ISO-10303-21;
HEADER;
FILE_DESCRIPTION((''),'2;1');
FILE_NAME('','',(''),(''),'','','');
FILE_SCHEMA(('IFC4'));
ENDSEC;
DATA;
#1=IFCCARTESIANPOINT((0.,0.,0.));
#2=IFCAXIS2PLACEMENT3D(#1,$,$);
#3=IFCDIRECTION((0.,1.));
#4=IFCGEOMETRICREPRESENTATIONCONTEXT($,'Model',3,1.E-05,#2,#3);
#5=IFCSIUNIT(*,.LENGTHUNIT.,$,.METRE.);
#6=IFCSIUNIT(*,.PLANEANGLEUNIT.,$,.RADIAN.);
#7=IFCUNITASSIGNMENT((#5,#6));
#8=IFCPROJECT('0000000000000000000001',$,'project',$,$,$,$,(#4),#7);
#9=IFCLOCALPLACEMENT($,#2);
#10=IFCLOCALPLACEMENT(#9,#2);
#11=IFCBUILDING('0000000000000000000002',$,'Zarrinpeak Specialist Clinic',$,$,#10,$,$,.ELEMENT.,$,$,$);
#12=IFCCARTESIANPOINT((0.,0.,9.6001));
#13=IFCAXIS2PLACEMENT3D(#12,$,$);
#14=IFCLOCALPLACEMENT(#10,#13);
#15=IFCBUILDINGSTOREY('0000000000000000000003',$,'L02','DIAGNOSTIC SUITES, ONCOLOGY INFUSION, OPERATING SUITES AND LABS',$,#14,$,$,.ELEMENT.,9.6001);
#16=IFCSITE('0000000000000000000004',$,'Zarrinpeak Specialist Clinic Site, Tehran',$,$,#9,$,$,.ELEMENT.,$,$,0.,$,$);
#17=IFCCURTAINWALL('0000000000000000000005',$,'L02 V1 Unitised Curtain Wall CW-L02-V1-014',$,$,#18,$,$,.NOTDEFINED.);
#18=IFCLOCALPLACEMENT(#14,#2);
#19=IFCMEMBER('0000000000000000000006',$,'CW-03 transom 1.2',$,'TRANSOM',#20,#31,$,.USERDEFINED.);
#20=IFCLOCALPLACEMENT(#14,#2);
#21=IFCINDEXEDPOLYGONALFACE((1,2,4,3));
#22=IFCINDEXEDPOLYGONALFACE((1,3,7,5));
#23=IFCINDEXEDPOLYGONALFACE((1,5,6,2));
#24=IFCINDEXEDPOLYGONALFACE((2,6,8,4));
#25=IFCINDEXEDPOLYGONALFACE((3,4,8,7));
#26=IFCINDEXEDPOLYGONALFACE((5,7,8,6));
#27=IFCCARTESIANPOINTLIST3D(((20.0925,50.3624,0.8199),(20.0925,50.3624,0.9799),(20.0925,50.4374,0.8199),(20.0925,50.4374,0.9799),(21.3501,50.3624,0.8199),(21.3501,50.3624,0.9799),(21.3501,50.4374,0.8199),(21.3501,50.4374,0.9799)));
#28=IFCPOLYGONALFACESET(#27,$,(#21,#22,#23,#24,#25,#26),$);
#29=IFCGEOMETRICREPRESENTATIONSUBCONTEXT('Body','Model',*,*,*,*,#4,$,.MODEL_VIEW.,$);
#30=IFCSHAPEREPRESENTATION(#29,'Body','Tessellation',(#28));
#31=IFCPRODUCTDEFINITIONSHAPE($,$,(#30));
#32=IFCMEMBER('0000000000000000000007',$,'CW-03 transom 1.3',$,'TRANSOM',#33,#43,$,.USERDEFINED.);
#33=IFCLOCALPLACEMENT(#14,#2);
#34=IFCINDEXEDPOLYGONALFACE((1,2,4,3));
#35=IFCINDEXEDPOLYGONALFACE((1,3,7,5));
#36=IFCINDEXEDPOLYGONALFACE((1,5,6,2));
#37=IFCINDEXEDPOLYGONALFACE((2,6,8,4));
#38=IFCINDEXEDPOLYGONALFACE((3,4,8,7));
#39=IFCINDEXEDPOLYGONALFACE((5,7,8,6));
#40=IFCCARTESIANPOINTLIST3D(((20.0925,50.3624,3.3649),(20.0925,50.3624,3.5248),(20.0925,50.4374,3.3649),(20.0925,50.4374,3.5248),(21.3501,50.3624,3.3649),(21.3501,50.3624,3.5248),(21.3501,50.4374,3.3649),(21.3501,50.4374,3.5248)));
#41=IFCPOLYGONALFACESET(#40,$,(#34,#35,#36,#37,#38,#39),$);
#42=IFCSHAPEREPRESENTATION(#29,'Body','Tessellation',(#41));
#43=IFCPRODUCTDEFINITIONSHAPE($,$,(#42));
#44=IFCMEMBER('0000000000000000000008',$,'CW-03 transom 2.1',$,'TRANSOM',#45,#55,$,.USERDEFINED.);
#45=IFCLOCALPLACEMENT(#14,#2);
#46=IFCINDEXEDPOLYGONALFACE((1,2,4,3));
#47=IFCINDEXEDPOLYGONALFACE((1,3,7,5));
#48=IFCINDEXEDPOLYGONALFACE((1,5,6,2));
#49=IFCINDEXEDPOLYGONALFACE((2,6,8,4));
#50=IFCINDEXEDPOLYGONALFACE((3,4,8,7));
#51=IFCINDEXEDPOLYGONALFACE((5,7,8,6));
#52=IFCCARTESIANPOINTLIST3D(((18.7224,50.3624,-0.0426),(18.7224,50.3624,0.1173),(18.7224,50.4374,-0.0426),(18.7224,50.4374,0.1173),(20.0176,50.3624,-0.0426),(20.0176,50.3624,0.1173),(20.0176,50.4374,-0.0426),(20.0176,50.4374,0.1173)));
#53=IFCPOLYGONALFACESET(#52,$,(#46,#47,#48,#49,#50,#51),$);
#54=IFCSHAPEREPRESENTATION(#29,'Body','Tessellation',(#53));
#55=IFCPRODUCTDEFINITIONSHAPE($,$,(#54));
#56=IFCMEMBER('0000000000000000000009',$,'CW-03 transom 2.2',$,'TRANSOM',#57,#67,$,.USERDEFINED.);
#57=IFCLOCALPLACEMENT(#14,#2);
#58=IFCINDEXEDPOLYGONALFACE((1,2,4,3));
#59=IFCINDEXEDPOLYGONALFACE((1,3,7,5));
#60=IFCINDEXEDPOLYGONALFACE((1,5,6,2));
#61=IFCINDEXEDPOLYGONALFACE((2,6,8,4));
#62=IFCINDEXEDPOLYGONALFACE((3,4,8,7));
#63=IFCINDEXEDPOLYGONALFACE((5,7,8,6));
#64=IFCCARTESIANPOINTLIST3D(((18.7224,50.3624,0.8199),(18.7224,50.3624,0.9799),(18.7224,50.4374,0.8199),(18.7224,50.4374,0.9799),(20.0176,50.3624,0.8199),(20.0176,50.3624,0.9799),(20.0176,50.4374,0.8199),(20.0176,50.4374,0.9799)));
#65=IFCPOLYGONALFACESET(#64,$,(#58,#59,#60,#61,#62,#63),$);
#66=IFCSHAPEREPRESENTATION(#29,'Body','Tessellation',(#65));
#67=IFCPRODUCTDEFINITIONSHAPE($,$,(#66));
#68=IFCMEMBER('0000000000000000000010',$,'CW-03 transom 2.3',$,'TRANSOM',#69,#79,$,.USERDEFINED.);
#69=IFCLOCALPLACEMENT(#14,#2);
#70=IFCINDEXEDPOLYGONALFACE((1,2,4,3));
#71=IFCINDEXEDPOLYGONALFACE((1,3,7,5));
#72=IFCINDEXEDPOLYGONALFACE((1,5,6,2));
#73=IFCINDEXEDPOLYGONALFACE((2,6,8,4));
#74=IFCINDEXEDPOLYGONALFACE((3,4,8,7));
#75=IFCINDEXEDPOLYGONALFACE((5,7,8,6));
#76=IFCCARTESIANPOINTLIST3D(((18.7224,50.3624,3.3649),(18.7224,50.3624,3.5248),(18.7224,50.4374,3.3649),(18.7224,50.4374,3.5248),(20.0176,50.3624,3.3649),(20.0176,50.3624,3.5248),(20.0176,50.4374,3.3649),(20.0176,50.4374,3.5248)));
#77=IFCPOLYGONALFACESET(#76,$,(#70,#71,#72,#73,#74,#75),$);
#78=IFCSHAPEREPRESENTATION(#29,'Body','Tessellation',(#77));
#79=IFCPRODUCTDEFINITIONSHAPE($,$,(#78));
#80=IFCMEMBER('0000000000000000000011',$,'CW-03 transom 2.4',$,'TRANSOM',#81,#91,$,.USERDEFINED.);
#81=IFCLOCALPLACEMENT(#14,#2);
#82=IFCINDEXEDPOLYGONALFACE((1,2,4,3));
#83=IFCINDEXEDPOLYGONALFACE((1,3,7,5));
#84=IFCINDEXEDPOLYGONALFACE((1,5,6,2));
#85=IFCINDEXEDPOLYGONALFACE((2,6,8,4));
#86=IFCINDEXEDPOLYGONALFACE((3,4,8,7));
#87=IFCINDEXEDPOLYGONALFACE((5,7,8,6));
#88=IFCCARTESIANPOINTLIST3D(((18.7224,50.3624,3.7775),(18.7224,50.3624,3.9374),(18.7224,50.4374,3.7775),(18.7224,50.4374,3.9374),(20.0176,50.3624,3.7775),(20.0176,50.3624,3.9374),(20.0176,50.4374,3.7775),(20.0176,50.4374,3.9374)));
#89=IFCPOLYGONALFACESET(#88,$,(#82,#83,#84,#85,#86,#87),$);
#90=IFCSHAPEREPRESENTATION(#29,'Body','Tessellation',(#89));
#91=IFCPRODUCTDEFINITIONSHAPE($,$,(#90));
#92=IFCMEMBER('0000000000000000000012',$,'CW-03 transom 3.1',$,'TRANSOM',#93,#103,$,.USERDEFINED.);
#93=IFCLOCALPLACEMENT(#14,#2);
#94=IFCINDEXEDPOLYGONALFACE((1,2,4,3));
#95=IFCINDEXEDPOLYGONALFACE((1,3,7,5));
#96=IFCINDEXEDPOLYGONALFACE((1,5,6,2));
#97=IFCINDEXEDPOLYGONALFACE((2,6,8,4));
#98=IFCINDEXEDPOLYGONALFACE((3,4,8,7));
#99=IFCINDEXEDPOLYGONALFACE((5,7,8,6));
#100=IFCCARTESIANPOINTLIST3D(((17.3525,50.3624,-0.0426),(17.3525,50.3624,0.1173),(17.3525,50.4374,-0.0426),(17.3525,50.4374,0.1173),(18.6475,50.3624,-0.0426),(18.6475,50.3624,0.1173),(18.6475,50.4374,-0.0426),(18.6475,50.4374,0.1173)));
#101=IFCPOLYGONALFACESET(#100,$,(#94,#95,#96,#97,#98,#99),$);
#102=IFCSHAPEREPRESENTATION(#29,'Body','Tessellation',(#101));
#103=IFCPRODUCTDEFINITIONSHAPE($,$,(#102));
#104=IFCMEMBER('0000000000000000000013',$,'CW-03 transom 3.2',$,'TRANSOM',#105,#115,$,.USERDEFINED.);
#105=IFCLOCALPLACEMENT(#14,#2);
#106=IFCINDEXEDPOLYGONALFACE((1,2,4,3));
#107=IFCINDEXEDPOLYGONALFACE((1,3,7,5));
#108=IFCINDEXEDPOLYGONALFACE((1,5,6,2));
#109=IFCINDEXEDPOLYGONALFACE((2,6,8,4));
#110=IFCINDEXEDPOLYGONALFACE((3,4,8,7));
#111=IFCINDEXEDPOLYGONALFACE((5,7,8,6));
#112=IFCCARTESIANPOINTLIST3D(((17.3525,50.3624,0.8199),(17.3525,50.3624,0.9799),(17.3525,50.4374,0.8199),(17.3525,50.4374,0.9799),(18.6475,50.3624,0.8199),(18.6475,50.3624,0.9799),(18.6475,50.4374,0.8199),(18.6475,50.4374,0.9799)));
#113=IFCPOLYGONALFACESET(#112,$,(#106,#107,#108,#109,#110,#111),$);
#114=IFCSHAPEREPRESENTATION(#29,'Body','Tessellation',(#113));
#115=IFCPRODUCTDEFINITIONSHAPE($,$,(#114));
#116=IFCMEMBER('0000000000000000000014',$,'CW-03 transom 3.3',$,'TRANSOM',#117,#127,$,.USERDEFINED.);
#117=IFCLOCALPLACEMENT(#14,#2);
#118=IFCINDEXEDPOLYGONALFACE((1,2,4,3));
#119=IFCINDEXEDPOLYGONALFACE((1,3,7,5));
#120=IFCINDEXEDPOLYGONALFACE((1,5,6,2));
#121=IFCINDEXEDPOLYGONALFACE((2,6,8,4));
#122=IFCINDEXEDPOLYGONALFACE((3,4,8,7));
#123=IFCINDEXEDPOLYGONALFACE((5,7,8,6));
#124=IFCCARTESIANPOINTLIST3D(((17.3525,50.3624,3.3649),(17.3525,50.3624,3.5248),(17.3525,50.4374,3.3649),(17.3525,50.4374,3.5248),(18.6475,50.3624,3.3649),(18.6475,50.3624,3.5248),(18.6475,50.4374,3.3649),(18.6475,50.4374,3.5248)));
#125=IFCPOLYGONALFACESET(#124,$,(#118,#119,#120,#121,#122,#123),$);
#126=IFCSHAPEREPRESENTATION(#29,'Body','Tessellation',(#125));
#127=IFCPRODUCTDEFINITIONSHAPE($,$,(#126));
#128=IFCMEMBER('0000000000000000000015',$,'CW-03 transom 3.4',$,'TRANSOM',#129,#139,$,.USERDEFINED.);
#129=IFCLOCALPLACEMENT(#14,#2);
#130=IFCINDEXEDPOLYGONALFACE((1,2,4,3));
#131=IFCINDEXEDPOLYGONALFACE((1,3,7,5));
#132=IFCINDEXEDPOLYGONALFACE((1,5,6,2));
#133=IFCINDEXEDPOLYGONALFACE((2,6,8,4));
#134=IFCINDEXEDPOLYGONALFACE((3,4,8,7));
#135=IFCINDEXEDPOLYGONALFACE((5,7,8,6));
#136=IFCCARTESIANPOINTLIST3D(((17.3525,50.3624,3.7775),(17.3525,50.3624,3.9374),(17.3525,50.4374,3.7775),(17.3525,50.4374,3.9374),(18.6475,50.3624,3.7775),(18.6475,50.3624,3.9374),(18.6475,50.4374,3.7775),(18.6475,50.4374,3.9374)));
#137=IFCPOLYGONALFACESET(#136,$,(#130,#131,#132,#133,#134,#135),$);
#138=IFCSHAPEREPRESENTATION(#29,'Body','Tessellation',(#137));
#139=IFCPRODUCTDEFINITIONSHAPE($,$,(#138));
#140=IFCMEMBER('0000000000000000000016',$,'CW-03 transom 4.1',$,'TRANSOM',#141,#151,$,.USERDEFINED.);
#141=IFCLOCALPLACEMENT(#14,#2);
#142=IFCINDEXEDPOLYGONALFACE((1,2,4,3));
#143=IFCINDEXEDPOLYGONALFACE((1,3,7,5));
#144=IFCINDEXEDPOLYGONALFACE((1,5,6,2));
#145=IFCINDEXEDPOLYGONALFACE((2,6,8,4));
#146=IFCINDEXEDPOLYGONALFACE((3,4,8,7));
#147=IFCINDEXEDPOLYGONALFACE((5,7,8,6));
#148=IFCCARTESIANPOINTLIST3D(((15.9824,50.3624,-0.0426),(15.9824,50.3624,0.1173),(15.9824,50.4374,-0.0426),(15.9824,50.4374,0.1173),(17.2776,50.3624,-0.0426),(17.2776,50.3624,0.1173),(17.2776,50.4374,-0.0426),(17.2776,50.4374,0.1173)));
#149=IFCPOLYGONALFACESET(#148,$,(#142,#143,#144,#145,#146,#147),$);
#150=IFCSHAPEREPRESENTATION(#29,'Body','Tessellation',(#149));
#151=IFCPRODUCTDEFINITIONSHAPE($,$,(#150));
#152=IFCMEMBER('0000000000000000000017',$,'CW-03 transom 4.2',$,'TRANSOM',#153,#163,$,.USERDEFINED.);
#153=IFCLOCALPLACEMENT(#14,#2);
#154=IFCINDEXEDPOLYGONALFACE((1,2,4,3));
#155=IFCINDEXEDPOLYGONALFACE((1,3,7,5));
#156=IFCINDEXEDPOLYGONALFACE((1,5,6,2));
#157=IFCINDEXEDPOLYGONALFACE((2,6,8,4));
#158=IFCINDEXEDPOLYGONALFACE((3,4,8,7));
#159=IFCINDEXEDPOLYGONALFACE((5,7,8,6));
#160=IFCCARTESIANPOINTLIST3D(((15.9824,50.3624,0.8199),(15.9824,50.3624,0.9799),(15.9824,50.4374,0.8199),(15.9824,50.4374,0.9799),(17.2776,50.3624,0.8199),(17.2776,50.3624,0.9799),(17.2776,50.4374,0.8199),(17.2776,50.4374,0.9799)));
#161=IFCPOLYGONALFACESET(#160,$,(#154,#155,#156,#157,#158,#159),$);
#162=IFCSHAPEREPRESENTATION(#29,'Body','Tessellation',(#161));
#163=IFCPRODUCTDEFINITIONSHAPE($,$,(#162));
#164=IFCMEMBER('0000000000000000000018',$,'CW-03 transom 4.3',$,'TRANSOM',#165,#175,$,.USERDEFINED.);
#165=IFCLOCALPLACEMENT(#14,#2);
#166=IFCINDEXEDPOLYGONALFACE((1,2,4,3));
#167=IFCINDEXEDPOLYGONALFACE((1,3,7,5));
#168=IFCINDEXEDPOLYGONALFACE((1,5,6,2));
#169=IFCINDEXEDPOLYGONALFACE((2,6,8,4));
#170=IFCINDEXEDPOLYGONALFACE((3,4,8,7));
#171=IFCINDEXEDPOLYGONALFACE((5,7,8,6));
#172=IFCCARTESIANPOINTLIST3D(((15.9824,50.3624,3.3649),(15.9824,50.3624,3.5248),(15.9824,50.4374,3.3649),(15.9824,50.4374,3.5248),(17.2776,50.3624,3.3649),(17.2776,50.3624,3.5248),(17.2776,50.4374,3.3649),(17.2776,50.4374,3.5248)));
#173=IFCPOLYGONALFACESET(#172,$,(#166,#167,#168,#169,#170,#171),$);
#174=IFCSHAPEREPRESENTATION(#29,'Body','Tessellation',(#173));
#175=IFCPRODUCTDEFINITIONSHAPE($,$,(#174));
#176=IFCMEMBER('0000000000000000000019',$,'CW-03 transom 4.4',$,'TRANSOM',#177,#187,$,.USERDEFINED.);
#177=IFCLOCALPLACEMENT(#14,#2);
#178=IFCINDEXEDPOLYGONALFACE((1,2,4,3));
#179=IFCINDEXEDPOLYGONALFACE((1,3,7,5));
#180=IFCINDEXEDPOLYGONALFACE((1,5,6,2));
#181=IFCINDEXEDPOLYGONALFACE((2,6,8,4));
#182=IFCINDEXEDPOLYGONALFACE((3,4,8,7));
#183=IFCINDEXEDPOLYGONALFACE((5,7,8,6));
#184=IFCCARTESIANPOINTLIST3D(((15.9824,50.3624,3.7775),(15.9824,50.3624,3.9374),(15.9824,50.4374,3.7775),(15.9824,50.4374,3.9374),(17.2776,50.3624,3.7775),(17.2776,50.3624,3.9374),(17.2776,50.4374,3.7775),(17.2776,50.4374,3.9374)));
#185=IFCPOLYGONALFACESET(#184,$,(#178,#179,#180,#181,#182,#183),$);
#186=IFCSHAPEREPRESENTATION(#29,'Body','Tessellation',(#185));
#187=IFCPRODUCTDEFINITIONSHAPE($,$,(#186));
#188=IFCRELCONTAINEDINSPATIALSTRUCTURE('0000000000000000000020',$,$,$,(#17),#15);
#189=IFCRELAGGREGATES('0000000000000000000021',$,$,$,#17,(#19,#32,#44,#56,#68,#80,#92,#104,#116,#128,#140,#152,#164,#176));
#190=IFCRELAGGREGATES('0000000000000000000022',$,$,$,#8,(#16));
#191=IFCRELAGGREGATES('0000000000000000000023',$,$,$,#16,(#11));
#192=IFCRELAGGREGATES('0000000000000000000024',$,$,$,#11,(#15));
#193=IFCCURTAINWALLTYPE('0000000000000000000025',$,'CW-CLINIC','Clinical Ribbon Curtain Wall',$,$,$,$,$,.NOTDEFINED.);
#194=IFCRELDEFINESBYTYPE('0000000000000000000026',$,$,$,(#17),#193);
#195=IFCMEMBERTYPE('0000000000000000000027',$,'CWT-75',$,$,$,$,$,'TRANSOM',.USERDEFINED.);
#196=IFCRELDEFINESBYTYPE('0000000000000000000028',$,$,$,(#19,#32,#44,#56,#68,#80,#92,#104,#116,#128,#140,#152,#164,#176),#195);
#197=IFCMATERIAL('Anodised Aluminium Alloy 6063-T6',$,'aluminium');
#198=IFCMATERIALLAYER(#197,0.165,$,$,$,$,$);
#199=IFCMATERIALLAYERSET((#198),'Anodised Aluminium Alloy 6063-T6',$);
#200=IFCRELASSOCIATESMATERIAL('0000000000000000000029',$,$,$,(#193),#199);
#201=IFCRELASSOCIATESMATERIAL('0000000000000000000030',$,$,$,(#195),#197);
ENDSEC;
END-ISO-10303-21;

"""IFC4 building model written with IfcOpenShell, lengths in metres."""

from ifc_helpers import new_model, si_unit, direction, frame, origin, origin_2d, place, context, subcontext, project, spatial, rectangle, extrude, material, layer, layer_set, material_profile, profile_set, type_object, element, aggregate, save


model = new_model("IFC4")

# Units and contexts
model_context = context("Model", 3, precision=1e-05, world=origin(), true_north=direction((0.0, 1.0)))
body_context = subcontext(model_context, "Body", "Model", "MODEL_VIEW")
ifc_project = project(units=[si_unit("LENGTHUNIT", "METRE"), si_unit("PLANEANGLEUNIT", "RADIAN")], contexts=[model_context])

# Site, building, storey
site_placement = place(None, origin())
site = spatial("IfcSite", under=ifc_project, at=site_placement, Name="Zarrinpeak Specialist Clinic Site, Tehran", CompositionType="ELEMENT", RefElevation=0.0)
building_placement = place(site_placement, origin())
building = spatial("IfcBuilding", under=site, at=building_placement, Name="Zarrinpeak Specialist Clinic", CompositionType="ELEMENT")
storey_placement = place(building_placement, frame((0.0, 0.0, 9.6001)))
storey = spatial("IfcBuildingStorey", under=building, at=storey_placement, Name="L02", Description="DIAGNOSTIC SUITES, ONCOLOGY INFUSION, OPERATING SUITES AND LABS", CompositionType="ELEMENT", Elevation=9.6001)

# Curtain wall, members
ifc_material_1 = material(Name="Anodised Aluminium Alloy 6063-T6", Category="aluminium")
ifc_layer_1 = layer(ifc_material_1, 0.165)
ifc_layer_set_1 = layer_set([ifc_layer_1], Name="Anodised Aluminium Alloy 6063-T6")
curtain_wall_type = type_object("IfcCurtainWallType", Name="CW-CLINIC", Description="Clinical Ribbon Curtain Wall", PredefinedType="NOTDEFINED", material=ifc_layer_set_1)
curtain_wall_placement = place(storey_placement, origin())
curtain_wall = element("IfcCurtainWall", 1, at=curtain_wall_placement, inside=storey, type_object=curtain_wall_type, Name="L02 V1 Unitised Curtain Wall CW-L02-V1-014", PredefinedType="NOTDEFINED")
ifc_material_profile_1 = material_profile(ifc_material_1, rectangle(XDim=0.075, YDim=0.1599, at=origin_2d()), Name="ALU 75x160")
ifc_profile_set_1 = profile_set([ifc_material_profile_1], Name="Anodised Aluminium Alloy 6063-T6")
member_type_1 = type_object("IfcMemberType", Name="CWT-75", ElementType="TRANSOM", PredefinedType="USERDEFINED", material=ifc_profile_set_1)
member_1_placement = place(storey_placement, frame((21.3501, 50.3999, 0.8999), z_axis=(-1.0, 0.0, 0.0), x_axis=(0.0, -1.0, 0.0)))
member_1 = element("IfcMember", 2, at=member_1_placement, type_object=member_type_1, Name="CW-03 transom 1.2", ObjectType="TRANSOM", PredefinedType="USERDEFINED", context=body_context, shape_type="SweptSolid", body=[
    extrude(rectangle(XDim=0.075, YDim=0.1599, at=origin_2d()), origin(), (0.0, 0.0, 1.0), 1.2576),
])
member_2_placement = place(storey_placement, frame((21.3501, 50.3999, 3.4448), z_axis=(-1.0, 0.0, 0.0), x_axis=(0.0, -1.0, 0.0)))
member_2 = element("IfcMember", 3, at=member_2_placement, type_object=member_type_1, Name="CW-03 transom 1.3", ObjectType="TRANSOM", PredefinedType="USERDEFINED", context=body_context, shape_type="SweptSolid", body=[
    extrude(rectangle(XDim=0.075, YDim=0.1599, at=origin_2d()), origin(), (0.0, 0.0, 1.0), 1.2576),
])
member_3_placement = place(storey_placement, frame((20.0176, 50.3999, 0.0374), z_axis=(-1.0, 0.0, 0.0), x_axis=(0.0, -1.0, 0.0)))
member_3 = element("IfcMember", 4, at=member_3_placement, type_object=member_type_1, Name="CW-03 transom 2.1", ObjectType="TRANSOM", PredefinedType="USERDEFINED", context=body_context, shape_type="SweptSolid", body=[
    extrude(rectangle(XDim=0.075, YDim=0.1599, at=origin_2d()), origin(), (0.0, 0.0, 1.0), 1.2952),
])
member_4_placement = place(storey_placement, frame((20.0176, 50.3999, 0.8999), z_axis=(-1.0, 0.0, 0.0), x_axis=(0.0, -1.0, 0.0)))
member_4 = element("IfcMember", 5, at=member_4_placement, type_object=member_type_1, Name="CW-03 transom 2.2", ObjectType="TRANSOM", PredefinedType="USERDEFINED", context=body_context, shape_type="SweptSolid", body=[
    extrude(rectangle(XDim=0.075, YDim=0.1599, at=origin_2d()), origin(), (0.0, 0.0, 1.0), 1.2952),
])
member_5_placement = place(storey_placement, frame((20.0176, 50.3999, 3.4448), z_axis=(-1.0, 0.0, 0.0), x_axis=(0.0, -1.0, 0.0)))
member_5 = element("IfcMember", 6, at=member_5_placement, type_object=member_type_1, Name="CW-03 transom 2.3", ObjectType="TRANSOM", PredefinedType="USERDEFINED", context=body_context, shape_type="SweptSolid", body=[
    extrude(rectangle(XDim=0.075, YDim=0.1599, at=origin_2d()), origin(), (0.0, 0.0, 1.0), 1.2952),
])
member_6_placement = place(storey_placement, frame((20.0176, 50.3999, 3.8574), z_axis=(-1.0, 0.0, 0.0), x_axis=(0.0, -1.0, 0.0)))
member_6 = element("IfcMember", 7, at=member_6_placement, type_object=member_type_1, Name="CW-03 transom 2.4", ObjectType="TRANSOM", PredefinedType="USERDEFINED", context=body_context, shape_type="SweptSolid", body=[
    extrude(rectangle(XDim=0.075, YDim=0.1599, at=origin_2d()), origin(), (0.0, 0.0, 1.0), 1.2952),
])
member_7_placement = place(storey_placement, frame((18.6475, 50.3999, 0.0374), z_axis=(-1.0, 0.0, 0.0), x_axis=(0.0, -1.0, 0.0)))
member_7 = element("IfcMember", 8, at=member_7_placement, type_object=member_type_1, Name="CW-03 transom 3.1", ObjectType="TRANSOM", PredefinedType="USERDEFINED", context=body_context, shape_type="SweptSolid", body=[
    extrude(rectangle(XDim=0.075, YDim=0.1599, at=origin_2d()), origin(), (0.0, 0.0, 1.0), 1.2949),
])
member_8_placement = place(storey_placement, frame((18.6475, 50.3999, 0.8999), z_axis=(-1.0, 0.0, 0.0), x_axis=(0.0, -1.0, 0.0)))
member_8 = element("IfcMember", 9, at=member_8_placement, type_object=member_type_1, Name="CW-03 transom 3.2", ObjectType="TRANSOM", PredefinedType="USERDEFINED", context=body_context, shape_type="SweptSolid", body=[
    extrude(rectangle(XDim=0.075, YDim=0.1599, at=origin_2d()), origin(), (0.0, 0.0, 1.0), 1.2949),
])
member_9_placement = place(storey_placement, frame((18.6475, 50.3999, 3.4448), z_axis=(-1.0, 0.0, 0.0), x_axis=(0.0, -1.0, 0.0)))
member_9 = element("IfcMember", 10, at=member_9_placement, type_object=member_type_1, Name="CW-03 transom 3.3", ObjectType="TRANSOM", PredefinedType="USERDEFINED", context=body_context, shape_type="SweptSolid", body=[
    extrude(rectangle(XDim=0.075, YDim=0.1599, at=origin_2d()), origin(), (0.0, 0.0, 1.0), 1.2949),
])
member_10_placement = place(storey_placement, frame((18.6475, 50.3999, 3.8574), z_axis=(-1.0, 0.0, 0.0), x_axis=(0.0, -1.0, 0.0)))
member_10 = element("IfcMember", 11, at=member_10_placement, type_object=member_type_1, Name="CW-03 transom 3.4", ObjectType="TRANSOM", PredefinedType="USERDEFINED", context=body_context, shape_type="SweptSolid", body=[
    extrude(rectangle(XDim=0.075, YDim=0.1599, at=origin_2d()), origin(), (0.0, 0.0, 1.0), 1.2949),
])
member_11_placement = place(storey_placement, frame((17.2776, 50.3999, 0.0374), z_axis=(-1.0, 0.0, 0.0), x_axis=(0.0, -1.0, 0.0)))
member_11 = element("IfcMember", 12, at=member_11_placement, type_object=member_type_1, Name="CW-03 transom 4.1", ObjectType="TRANSOM", PredefinedType="USERDEFINED", context=body_context, shape_type="SweptSolid", body=[
    extrude(rectangle(XDim=0.075, YDim=0.1599, at=origin_2d()), origin(), (0.0, 0.0, 1.0), 1.2952),
])
member_12_placement = place(storey_placement, frame((17.2776, 50.3999, 0.8999), z_axis=(-1.0, 0.0, 0.0), x_axis=(0.0, -1.0, 0.0)))
member_12 = element("IfcMember", 13, at=member_12_placement, type_object=member_type_1, Name="CW-03 transom 4.2", ObjectType="TRANSOM", PredefinedType="USERDEFINED", context=body_context, shape_type="SweptSolid", body=[
    extrude(rectangle(XDim=0.075, YDim=0.1599, at=origin_2d()), origin(), (0.0, 0.0, 1.0), 1.2952),
])
member_13_placement = place(storey_placement, frame((17.2776, 50.3999, 3.4448), z_axis=(-1.0, 0.0, 0.0), x_axis=(0.0, -1.0, 0.0)))
member_13 = element("IfcMember", 14, at=member_13_placement, type_object=member_type_1, Name="CW-03 transom 4.3", ObjectType="TRANSOM", PredefinedType="USERDEFINED", context=body_context, shape_type="SweptSolid", body=[
    extrude(rectangle(XDim=0.075, YDim=0.1599, at=origin_2d()), origin(), (0.0, 0.0, 1.0), 1.2952),
])
member_14_placement = place(storey_placement, frame((17.2776, 50.3999, 3.8574), z_axis=(-1.0, 0.0, 0.0), x_axis=(0.0, -1.0, 0.0)))
member_14 = element("IfcMember", 15, at=member_14_placement, type_object=member_type_1, Name="CW-03 transom 4.4", ObjectType="TRANSOM", PredefinedType="USERDEFINED", context=body_context, shape_type="SweptSolid", body=[
    extrude(rectangle(XDim=0.075, YDim=0.1599, at=origin_2d()), origin(), (0.0, 0.0, 1.0), 1.2952),
])
aggregate(curtain_wall, [member_1, member_2, member_3, member_4, member_5, member_6, member_7, member_8, member_9, member_10, member_11, member_12, member_13, member_14])

save(model, "model.ifc")
